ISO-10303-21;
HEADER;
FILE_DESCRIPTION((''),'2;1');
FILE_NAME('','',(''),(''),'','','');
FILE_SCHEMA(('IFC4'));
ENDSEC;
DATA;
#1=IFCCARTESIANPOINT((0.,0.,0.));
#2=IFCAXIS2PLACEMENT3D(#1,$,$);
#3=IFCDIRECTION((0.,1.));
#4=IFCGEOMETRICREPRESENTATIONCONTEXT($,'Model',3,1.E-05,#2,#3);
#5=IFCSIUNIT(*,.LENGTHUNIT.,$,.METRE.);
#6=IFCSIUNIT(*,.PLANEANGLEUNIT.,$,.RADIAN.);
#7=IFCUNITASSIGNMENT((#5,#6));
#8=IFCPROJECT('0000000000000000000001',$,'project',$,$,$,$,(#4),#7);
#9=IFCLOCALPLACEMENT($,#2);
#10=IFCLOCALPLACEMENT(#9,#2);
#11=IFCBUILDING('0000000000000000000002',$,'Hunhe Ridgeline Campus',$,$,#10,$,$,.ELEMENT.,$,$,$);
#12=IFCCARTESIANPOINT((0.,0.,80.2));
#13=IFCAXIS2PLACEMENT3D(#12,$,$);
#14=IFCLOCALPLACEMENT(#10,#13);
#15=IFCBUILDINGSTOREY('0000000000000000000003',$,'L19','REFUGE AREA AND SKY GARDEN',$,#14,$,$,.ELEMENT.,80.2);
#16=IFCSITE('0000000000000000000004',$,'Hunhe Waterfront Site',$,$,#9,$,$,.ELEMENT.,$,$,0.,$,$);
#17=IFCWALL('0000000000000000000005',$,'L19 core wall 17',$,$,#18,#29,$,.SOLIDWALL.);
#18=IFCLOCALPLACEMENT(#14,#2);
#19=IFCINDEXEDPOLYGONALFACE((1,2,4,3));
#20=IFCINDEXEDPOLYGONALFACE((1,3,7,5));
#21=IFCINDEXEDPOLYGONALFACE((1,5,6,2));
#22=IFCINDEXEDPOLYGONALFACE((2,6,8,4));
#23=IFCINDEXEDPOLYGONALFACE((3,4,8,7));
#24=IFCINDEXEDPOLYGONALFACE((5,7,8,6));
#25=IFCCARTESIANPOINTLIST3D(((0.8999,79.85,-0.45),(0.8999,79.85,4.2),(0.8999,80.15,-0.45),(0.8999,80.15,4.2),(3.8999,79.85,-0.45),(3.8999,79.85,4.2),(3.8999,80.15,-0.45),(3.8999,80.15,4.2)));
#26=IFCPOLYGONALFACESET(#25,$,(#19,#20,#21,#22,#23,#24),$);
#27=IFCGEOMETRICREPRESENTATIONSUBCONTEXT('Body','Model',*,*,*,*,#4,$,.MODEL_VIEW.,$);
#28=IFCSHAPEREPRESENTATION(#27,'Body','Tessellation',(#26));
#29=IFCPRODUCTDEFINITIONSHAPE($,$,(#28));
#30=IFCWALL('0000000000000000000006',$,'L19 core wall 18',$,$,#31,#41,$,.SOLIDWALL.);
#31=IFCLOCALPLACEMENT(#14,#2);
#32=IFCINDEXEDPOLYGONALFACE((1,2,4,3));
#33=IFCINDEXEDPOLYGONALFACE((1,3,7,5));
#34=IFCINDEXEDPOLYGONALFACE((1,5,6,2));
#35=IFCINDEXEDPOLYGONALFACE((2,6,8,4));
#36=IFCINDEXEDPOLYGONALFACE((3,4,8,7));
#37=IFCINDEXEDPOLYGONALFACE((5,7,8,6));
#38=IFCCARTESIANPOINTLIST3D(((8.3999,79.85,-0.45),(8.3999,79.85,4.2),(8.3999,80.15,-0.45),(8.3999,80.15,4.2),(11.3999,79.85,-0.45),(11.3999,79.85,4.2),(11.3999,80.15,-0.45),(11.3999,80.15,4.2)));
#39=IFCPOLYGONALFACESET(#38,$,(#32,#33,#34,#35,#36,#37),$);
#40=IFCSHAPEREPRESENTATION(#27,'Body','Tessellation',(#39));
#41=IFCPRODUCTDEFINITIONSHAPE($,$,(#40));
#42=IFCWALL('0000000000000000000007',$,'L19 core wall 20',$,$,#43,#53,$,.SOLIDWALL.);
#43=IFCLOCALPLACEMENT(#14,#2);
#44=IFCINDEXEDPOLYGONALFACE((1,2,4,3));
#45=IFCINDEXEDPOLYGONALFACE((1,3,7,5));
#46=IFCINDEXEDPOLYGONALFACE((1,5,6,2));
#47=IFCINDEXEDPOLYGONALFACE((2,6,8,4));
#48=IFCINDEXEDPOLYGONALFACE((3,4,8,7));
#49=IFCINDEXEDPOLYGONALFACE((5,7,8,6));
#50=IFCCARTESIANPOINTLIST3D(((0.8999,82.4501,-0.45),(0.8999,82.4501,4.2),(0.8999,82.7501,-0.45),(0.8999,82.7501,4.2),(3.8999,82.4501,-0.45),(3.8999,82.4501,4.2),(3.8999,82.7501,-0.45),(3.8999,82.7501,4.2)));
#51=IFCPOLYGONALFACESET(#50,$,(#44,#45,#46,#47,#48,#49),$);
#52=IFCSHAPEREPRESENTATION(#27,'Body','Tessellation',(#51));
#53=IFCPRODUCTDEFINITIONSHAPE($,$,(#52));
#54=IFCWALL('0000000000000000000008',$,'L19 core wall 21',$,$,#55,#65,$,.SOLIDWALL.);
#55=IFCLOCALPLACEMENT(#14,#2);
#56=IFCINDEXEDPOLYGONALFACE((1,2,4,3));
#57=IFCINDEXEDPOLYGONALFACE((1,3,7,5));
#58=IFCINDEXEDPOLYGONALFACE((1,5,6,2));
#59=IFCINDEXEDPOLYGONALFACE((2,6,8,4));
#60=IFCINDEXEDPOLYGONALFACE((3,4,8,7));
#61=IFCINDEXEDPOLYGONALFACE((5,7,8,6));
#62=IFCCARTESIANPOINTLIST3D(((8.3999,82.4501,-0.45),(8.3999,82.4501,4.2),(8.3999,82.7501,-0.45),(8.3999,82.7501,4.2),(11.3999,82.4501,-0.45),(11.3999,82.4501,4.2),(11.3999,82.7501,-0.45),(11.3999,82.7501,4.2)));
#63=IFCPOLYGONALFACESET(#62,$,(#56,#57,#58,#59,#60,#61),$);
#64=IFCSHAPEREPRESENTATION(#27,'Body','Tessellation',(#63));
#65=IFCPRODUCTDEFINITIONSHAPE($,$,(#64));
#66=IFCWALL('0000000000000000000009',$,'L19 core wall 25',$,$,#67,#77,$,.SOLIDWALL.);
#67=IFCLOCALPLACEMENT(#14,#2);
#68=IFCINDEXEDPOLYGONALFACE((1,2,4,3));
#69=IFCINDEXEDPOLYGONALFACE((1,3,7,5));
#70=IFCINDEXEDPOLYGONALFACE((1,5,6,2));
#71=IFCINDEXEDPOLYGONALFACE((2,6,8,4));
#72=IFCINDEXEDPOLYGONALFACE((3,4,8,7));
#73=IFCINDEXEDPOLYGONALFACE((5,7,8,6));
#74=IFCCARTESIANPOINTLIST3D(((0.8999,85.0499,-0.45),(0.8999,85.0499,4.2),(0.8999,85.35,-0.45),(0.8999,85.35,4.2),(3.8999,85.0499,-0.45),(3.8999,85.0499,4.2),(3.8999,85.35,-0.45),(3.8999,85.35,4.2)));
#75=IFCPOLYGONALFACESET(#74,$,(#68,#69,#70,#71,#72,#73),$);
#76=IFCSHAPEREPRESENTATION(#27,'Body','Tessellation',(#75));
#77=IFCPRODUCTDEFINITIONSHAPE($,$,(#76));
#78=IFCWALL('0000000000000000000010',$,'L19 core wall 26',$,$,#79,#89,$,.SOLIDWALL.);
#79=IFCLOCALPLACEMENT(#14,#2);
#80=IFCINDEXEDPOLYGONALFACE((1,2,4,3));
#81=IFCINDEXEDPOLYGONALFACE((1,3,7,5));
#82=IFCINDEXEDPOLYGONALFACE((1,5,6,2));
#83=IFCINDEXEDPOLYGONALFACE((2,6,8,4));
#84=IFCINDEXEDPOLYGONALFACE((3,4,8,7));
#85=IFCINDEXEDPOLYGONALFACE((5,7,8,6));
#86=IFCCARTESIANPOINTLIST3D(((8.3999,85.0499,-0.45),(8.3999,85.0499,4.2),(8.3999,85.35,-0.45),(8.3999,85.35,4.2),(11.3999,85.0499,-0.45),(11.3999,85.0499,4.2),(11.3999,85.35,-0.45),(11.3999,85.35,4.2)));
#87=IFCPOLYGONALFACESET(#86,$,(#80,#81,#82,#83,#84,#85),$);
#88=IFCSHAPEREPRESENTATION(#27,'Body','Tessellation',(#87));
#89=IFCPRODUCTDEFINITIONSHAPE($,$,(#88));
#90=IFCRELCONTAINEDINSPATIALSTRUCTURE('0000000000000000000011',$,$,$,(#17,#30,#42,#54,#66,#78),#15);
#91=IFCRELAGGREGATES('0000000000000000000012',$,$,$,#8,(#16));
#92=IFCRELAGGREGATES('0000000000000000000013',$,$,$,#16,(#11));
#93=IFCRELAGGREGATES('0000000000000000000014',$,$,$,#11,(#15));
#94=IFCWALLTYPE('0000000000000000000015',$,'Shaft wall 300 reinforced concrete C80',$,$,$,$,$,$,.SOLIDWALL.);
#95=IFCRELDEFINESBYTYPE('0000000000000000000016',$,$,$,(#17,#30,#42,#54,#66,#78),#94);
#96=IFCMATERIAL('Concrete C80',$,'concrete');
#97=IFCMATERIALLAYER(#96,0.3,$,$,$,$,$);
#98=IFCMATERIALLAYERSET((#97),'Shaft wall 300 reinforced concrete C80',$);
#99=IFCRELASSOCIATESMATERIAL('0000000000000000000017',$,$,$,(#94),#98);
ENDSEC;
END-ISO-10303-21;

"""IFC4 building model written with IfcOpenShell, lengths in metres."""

from ifc_helpers import new_model, si_unit, direction, frame, frame_2d, origin, place, context, subcontext, project, spatial, rectangle, extrude, material, layer, layer_set, type_object, element, save


model = new_model("IFC4")

# Units and contexts
model_context = context("Model", 3, precision=1e-05, world=origin(), true_north=direction((0.0, 1.0)))
body_context = subcontext(model_context, "Body", "Model", "MODEL_VIEW")
ifc_project = project(units=[si_unit("LENGTHUNIT", "METRE"), si_unit("PLANEANGLEUNIT", "RADIAN")], contexts=[model_context])

# Site, building, storey
site_placement = place(None, origin())
site = spatial("IfcSite", under=ifc_project, at=site_placement, Name="Hunhe Waterfront Site", CompositionType="ELEMENT", RefElevation=0.0)
building_placement = place(site_placement, origin())
building = spatial("IfcBuilding", under=site, at=building_placement, Name="Hunhe Ridgeline Campus", CompositionType="ELEMENT")
storey_placement = place(building_placement, frame((0.0, 0.0, 80.2)))
storey = spatial("IfcBuildingStorey", under=building, at=storey_placement, Name="L19", Description="REFUGE AREA AND SKY GARDEN", CompositionType="ELEMENT", Elevation=80.2)

# Shared definitions
ifc_material_1 = material(Name="Concrete C80", Category="concrete")
ifc_layer = layer(ifc_material_1, 0.3)
ifc_layer_set = layer_set([ifc_layer], Name="Shaft wall 300 reinforced concrete C80")
wall_type = type_object("IfcWallType", Name="Shaft wall 300 reinforced concrete C80", PredefinedType="SOLIDWALL", material=ifc_layer_set)

# Walls
for number, where, z_axis, x_axis, name in (
    (1, (0.8999, 80.0, -0.45), (0.0, 0.0, 1.0), (1.0, 0.0, 0.0), "L19 core wall 17"),
    (2, (8.3999, 80.0, -0.45), (0.0, 0.0, 1.0), (1.0, 0.0, 0.0), "L19 core wall 18"),
    (3, (0.8999, 82.6001, -0.45), (0.0, 0.0, 1.0), (1.0, 0.0, 0.0), "L19 core wall 20"),
    (4, (8.3999, 82.6001, -0.45), (0.0, 0.0, 1.0), (1.0, 0.0, 0.0), "L19 core wall 21"),
    (5, (0.8999, 85.2, -0.45), (0.0, 0.0, 1.0), (1.0, 0.0, 0.0), "L19 core wall 25"),
    (6, (8.3999, 85.2, -0.45), (0.0, 0.0, 1.0), (1.0, 0.0, 0.0), "L19 core wall 26"),
):
    element("IfcWall", number, at=place(storey_placement, frame(where, z_axis=z_axis, x_axis=x_axis)), inside=storey, type_object=wall_type, Name=name, PredefinedType="SOLIDWALL", context=body_context, shape_type="SweptSolid", body=[
        extrude(rectangle(XDim=3.0, YDim=0.3, at=frame_2d((1.5, 0.0))), origin(), (0.0, 0.0, 1.0), 4.6499),
    ])

save(model, "model.ifc")
